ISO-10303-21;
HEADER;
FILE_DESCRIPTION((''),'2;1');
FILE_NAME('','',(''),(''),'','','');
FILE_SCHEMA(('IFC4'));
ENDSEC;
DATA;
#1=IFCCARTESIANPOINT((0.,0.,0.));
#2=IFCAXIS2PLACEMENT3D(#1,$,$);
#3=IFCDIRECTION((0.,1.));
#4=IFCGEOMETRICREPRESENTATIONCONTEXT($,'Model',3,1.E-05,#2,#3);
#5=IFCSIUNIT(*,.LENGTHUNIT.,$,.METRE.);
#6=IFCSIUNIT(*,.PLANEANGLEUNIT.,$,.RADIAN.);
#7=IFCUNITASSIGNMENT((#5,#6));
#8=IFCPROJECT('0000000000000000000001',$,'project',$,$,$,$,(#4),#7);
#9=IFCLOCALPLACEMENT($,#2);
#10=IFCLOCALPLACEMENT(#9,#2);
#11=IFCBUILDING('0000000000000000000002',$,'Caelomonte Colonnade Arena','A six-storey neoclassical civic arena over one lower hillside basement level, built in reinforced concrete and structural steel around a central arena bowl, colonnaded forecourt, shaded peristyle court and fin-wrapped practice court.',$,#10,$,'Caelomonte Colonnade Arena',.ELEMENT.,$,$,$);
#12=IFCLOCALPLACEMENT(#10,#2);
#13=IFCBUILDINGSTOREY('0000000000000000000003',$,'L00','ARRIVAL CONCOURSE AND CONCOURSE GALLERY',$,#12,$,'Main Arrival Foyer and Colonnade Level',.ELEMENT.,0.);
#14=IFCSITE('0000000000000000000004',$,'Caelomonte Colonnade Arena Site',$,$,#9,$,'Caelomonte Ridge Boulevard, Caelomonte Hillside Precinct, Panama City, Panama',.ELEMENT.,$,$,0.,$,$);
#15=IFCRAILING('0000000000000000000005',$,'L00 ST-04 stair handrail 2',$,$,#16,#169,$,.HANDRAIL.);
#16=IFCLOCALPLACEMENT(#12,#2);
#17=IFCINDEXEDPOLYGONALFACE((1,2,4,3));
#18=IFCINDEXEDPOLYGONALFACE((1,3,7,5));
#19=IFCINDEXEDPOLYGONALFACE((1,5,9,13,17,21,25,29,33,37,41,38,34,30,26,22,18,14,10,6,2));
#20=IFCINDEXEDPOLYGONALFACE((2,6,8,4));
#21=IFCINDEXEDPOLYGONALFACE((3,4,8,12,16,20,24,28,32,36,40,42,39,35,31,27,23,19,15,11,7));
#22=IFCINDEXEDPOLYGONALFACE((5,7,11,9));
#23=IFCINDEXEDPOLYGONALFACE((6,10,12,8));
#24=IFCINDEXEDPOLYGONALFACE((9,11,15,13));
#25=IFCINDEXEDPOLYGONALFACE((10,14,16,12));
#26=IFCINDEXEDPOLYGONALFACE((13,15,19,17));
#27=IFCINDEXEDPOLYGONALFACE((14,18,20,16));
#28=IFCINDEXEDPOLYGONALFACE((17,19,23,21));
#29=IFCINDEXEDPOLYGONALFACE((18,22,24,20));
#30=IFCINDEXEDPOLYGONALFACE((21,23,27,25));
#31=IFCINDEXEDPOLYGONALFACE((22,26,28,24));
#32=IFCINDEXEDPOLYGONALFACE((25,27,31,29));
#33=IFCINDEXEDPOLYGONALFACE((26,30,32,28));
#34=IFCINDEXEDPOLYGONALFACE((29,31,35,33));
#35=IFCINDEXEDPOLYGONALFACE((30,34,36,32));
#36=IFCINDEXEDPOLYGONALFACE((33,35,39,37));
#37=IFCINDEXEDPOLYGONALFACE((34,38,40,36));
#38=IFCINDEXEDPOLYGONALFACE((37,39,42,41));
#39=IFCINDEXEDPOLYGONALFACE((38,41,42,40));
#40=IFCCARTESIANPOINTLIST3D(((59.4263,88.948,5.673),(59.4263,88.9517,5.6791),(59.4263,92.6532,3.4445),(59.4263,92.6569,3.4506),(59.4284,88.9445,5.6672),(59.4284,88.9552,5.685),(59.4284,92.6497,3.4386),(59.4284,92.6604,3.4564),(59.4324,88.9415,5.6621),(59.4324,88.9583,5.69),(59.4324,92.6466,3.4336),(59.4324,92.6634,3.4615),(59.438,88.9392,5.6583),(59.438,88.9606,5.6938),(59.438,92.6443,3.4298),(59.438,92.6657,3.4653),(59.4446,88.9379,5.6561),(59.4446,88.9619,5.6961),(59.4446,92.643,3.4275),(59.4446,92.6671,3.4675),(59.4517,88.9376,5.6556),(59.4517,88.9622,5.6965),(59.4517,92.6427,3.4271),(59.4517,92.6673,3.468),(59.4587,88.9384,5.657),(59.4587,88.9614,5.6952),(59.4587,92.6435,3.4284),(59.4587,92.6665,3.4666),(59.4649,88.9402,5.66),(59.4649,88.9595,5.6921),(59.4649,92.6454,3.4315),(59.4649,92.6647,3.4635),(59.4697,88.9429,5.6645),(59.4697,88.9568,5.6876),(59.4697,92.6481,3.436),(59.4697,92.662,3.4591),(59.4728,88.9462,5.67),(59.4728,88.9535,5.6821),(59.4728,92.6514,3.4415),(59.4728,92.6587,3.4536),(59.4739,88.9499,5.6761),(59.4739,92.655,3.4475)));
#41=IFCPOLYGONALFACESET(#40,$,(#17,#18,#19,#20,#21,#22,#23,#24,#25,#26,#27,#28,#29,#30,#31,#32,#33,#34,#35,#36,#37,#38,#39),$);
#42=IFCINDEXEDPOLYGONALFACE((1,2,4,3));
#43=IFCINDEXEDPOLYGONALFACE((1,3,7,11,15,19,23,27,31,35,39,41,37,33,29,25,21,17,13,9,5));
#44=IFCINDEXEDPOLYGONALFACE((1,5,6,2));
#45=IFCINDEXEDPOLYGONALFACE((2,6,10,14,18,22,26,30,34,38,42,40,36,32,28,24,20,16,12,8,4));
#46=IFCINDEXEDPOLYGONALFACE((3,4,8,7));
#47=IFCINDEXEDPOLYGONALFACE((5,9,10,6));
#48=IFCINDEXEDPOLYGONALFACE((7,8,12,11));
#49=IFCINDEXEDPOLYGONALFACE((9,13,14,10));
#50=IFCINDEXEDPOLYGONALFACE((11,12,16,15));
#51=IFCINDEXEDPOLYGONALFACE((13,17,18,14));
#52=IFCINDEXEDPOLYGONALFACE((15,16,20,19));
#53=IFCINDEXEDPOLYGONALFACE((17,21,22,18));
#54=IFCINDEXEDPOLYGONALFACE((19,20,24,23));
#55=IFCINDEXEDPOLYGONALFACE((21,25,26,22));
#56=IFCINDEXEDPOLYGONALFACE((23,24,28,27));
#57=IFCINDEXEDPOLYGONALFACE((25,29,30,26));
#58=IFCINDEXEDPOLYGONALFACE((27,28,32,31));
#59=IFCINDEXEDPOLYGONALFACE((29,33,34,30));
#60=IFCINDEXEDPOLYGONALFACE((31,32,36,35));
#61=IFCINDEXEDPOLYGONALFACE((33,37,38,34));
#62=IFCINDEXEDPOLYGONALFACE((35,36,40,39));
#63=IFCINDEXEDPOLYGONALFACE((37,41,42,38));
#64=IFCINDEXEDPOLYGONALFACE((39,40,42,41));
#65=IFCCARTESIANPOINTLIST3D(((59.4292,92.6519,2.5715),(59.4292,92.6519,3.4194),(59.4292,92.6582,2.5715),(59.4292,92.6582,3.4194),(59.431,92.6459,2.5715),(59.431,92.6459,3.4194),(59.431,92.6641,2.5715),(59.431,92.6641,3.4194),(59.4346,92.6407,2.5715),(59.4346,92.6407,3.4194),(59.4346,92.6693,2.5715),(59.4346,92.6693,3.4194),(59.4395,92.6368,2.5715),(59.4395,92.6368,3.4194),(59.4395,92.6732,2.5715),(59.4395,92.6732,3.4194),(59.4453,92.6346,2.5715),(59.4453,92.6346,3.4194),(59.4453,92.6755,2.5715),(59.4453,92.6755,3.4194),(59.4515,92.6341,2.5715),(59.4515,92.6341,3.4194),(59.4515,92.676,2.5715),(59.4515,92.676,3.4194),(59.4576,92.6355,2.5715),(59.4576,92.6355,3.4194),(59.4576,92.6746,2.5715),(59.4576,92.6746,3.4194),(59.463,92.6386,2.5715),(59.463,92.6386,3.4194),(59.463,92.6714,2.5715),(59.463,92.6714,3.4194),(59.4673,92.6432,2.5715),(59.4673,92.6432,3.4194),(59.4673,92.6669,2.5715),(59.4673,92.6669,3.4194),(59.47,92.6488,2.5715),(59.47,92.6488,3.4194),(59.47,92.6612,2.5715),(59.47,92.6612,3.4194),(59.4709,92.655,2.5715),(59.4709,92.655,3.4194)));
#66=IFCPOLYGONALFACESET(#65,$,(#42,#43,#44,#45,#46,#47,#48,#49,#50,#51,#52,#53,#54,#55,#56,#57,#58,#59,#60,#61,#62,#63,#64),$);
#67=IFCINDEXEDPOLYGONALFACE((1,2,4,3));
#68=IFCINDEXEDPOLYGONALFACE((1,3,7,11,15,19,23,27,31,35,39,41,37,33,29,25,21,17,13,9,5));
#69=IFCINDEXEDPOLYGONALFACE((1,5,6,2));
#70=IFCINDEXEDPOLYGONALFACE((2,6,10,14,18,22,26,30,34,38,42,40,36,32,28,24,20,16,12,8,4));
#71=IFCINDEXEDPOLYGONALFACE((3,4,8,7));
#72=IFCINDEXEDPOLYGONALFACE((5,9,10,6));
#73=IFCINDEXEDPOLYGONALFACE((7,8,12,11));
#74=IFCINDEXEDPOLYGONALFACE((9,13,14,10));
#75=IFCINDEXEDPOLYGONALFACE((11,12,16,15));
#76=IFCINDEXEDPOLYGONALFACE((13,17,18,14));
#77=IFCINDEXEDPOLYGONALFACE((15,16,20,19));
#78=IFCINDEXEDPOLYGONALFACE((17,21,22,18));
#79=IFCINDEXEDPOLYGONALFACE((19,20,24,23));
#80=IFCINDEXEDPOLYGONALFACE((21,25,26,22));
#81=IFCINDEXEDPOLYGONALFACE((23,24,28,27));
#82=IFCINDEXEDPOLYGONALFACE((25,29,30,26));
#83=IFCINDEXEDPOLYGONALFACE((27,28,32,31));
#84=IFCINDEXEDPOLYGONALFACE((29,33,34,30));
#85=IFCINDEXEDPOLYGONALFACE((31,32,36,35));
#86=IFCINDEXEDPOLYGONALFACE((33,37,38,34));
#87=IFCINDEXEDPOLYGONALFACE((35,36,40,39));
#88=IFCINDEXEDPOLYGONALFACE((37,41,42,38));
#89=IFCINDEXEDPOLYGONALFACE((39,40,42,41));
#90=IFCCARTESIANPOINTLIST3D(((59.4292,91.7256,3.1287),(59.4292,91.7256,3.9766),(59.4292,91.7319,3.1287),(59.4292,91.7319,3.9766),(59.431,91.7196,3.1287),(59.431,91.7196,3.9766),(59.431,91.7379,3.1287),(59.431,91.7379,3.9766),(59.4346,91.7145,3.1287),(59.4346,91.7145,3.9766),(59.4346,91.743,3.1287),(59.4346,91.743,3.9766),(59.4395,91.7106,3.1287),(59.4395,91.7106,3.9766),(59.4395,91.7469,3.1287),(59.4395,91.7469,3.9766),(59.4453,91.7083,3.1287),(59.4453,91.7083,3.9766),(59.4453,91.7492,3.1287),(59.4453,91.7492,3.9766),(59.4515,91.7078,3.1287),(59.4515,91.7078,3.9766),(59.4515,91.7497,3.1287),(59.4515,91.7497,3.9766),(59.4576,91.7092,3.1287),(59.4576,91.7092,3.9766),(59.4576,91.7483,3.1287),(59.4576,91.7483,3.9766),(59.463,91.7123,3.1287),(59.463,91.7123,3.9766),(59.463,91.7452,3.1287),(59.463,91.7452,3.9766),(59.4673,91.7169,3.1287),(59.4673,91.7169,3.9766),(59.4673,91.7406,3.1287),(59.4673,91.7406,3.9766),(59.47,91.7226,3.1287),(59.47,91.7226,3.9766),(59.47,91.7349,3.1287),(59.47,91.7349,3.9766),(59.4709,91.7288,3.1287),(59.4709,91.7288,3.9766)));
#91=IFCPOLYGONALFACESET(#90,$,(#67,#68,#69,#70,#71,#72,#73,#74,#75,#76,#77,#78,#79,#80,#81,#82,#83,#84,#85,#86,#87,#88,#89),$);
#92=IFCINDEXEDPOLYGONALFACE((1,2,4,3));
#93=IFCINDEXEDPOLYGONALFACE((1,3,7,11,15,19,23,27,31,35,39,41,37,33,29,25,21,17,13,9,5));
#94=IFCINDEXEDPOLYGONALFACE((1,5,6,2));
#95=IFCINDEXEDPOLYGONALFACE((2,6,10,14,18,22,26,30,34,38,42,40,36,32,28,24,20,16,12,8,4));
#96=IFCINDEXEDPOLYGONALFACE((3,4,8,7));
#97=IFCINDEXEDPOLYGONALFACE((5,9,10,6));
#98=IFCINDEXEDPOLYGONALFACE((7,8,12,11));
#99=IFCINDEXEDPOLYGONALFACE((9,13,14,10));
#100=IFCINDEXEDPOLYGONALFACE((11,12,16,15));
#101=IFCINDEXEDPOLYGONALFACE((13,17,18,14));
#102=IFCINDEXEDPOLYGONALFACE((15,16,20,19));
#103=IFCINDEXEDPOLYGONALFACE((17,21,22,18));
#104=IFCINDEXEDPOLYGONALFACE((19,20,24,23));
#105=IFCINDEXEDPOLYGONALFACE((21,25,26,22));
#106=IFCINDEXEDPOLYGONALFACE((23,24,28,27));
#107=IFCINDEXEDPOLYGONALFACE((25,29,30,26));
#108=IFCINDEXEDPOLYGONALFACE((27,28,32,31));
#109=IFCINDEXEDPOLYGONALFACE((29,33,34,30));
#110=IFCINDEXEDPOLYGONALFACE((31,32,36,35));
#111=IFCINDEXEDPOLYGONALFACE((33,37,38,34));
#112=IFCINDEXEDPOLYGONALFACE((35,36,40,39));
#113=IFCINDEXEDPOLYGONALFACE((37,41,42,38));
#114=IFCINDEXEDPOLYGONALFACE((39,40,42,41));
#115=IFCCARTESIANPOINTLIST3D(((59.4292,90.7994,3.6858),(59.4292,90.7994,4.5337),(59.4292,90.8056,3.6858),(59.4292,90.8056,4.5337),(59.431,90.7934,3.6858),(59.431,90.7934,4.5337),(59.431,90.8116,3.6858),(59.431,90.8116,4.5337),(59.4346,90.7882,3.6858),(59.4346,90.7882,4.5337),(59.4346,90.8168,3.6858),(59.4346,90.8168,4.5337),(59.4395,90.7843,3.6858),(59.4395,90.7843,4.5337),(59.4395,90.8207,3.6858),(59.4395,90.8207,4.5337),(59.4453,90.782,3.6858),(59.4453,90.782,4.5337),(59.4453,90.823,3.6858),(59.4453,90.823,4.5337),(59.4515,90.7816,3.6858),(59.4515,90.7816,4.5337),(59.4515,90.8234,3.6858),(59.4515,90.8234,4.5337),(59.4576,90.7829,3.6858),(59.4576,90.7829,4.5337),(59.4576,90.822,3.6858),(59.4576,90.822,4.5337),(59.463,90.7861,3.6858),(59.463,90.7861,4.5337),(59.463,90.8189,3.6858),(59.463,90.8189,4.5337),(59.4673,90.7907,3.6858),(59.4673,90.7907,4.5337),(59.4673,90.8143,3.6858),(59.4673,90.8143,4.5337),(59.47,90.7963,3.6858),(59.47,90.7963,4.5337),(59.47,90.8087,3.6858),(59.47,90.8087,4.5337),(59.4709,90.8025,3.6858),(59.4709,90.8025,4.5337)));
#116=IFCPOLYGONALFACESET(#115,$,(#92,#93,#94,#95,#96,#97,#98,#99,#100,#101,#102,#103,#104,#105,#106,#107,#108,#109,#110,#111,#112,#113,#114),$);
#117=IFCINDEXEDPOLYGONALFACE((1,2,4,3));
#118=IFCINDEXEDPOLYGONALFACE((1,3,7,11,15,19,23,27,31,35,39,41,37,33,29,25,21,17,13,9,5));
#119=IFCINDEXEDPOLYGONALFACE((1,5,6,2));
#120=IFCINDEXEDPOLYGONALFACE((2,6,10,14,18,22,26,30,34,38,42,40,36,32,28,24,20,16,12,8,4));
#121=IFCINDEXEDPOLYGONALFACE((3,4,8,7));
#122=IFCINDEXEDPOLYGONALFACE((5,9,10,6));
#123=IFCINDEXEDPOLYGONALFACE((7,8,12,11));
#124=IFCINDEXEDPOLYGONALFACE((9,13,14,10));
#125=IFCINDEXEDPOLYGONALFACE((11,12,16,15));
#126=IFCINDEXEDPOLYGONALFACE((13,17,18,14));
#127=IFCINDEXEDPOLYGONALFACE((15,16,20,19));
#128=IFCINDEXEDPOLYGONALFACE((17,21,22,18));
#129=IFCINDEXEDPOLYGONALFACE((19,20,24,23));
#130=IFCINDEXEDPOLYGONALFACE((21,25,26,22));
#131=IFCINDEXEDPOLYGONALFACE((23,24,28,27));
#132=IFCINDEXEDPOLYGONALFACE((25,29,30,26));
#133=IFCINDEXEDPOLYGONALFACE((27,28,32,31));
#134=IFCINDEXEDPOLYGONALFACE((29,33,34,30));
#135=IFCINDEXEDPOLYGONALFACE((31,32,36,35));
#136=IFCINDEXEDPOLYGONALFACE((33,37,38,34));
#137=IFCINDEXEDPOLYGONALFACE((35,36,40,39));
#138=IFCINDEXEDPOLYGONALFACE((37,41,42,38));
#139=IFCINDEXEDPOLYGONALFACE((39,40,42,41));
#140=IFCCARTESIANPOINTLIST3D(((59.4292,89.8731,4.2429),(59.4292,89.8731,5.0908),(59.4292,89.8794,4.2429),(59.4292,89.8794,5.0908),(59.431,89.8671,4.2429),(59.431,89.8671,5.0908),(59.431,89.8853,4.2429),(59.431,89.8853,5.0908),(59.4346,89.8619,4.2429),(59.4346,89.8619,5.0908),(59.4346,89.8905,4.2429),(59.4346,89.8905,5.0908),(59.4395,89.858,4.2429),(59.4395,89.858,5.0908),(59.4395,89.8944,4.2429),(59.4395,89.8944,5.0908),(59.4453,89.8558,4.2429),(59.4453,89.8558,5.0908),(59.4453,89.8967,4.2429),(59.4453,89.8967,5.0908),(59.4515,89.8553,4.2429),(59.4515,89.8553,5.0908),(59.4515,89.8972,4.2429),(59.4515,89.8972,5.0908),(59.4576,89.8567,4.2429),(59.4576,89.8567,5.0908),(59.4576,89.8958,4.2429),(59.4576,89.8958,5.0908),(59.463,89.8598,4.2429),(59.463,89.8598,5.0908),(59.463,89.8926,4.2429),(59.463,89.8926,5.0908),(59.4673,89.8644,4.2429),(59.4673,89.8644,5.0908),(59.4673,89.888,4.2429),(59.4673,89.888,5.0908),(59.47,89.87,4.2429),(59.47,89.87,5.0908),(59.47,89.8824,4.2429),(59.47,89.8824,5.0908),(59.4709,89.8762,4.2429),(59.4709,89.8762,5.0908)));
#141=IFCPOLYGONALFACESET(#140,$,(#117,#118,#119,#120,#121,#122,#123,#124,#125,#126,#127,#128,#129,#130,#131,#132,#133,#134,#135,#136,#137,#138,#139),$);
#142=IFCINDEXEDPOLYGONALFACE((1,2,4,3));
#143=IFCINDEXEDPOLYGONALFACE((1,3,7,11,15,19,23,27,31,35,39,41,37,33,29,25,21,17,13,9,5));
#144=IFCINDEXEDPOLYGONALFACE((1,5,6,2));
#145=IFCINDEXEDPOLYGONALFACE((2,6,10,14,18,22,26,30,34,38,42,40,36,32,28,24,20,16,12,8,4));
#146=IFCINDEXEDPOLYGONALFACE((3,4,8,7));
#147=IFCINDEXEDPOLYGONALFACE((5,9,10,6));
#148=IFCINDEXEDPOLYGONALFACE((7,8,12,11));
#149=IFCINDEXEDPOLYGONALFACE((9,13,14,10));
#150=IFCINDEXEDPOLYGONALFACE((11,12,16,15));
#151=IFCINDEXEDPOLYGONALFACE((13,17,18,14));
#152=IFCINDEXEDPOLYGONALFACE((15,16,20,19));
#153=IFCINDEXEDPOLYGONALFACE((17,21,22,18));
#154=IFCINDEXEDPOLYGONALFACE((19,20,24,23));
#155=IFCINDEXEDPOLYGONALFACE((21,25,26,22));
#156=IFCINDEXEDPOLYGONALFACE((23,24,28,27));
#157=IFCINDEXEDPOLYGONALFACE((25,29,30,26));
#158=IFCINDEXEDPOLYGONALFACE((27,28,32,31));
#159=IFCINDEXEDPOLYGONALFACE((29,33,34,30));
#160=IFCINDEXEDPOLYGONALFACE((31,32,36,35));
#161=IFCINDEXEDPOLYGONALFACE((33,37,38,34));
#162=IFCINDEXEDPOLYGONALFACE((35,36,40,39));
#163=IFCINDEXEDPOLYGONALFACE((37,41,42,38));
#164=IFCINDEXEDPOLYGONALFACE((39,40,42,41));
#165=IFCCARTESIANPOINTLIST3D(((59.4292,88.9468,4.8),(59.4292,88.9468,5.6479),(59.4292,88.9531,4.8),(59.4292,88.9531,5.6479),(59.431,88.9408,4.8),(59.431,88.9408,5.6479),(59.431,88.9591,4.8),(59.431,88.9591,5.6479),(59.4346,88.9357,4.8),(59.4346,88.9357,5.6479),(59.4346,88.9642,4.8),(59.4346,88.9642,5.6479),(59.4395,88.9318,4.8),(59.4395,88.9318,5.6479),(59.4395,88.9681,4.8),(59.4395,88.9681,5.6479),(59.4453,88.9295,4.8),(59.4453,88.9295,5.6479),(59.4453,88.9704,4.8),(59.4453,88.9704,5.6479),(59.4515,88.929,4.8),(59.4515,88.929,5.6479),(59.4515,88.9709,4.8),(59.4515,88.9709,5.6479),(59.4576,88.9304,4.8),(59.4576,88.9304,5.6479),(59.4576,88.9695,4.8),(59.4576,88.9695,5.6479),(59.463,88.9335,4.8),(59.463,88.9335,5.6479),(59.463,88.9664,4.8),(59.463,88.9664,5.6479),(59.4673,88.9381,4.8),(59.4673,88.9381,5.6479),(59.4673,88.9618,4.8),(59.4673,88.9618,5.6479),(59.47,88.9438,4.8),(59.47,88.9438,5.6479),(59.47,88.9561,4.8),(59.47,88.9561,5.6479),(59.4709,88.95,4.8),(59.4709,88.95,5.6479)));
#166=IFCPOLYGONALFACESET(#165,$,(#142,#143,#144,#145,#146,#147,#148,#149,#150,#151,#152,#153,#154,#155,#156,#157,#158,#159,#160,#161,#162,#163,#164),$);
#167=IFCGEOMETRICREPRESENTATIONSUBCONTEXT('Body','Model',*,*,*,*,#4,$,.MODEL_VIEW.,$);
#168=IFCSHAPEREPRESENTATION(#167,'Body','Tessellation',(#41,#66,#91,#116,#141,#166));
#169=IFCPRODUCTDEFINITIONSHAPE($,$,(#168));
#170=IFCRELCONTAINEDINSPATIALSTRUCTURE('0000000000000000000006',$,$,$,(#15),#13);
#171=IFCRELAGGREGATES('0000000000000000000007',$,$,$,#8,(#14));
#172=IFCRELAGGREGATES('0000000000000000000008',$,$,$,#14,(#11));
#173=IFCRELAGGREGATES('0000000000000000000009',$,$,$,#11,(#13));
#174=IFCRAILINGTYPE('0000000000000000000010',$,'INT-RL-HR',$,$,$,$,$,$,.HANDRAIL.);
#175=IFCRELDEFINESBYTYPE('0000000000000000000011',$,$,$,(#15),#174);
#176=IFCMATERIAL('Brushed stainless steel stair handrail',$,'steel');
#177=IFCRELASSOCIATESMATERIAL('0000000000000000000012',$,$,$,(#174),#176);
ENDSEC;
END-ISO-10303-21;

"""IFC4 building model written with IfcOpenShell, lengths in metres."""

from ifc_helpers import new_model, si_unit, direction, frame, origin, origin_2d, place, context, subcontext, project, spatial, circle, extrude, material, type_object, element, save


model = new_model("IFC4")

# Units and contexts
model_context = context("Model", 3, precision=1e-05, world=origin(), true_north=direction((0.0, 1.0)))
body_context = subcontext(model_context, "Body", "Model", "MODEL_VIEW")
ifc_project = project(units=[si_unit("LENGTHUNIT", "METRE"), si_unit("PLANEANGLEUNIT", "RADIAN")], contexts=[model_context])

# Site, building, storey
site_placement = place(None, origin())
site = spatial("IfcSite", under=ifc_project, at=site_placement, Name="Caelomonte Colonnade Arena Site", LongName="Caelomonte Ridge Boulevard, Caelomonte Hillside Precinct, Panama City, Panama", CompositionType="ELEMENT", RefElevation=0.0)
building_placement = place(site_placement, origin())
building = spatial("IfcBuilding", under=site, at=building_placement, Name="Caelomonte Colonnade Arena", Description="A six-storey neoclassical civic arena over one lower hillside basement level, built in reinforced concrete and structural steel around a central arena bowl, colonnaded forecourt, shaded peristyle court and fin-wrapped practice court.", LongName="Caelomonte Colonnade Arena", CompositionType="ELEMENT")
storey_placement = place(building_placement, origin())
storey = spatial("IfcBuildingStorey", under=building, at=storey_placement, Name="L00", Description="ARRIVAL CONCOURSE AND CONCOURSE GALLERY", LongName="Main Arrival Foyer and Colonnade Level", CompositionType="ELEMENT", Elevation=0.0)

# Railing
ifc_material_1 = material(Name="Brushed stainless steel stair handrail", Category="steel")
railing_type_1 = type_object("IfcRailingType", Name="INT-RL-HR", PredefinedType="HANDRAIL", material=ifc_material_1)
railing_1_placement = place(storey_placement, frame((59.45, 92.655, 2.5715)))
element("IfcRailing", 1, at=railing_1_placement, inside=storey, type_object=railing_type_1, Name="L00 ST-04 stair handrail 2", PredefinedType="HANDRAIL", context=body_context, shape_type="SweptSolid", body=[
    extrude(circle(Radius=0.0239, at=origin_2d()), frame((0.0, 0.0, 0.876), z_axis=(0.0, -0.856934, 0.515425), x_axis=(1.0, 0.0, 0.0)), (0.0, 0.0, 1.0), 4.3237),
    extrude(circle(Radius=0.021, at=origin_2d()), origin(), (0.0, 0.0, 1.0), 0.8479),
    extrude(circle(Radius=0.021, at=origin_2d()), frame((0.0, -0.9263, 0.5571)), (0.0, 0.0, 1.0), 0.8479),
    extrude(circle(Radius=0.021, at=origin_2d()), frame((0.0, -1.8525, 1.1143)), (0.0, 0.0, 1.0), 0.8479),
    extrude(circle(Radius=0.021, at=origin_2d()), frame((0.0, -2.7788, 1.6714)), (0.0, 0.0, 1.0), 0.8479),
    extrude(circle(Radius=0.021, at=origin_2d()), frame((0.0, -3.7051, 2.2285)), (0.0, 0.0, 1.0), 0.8479),
])

save(model, "model.ifc")
